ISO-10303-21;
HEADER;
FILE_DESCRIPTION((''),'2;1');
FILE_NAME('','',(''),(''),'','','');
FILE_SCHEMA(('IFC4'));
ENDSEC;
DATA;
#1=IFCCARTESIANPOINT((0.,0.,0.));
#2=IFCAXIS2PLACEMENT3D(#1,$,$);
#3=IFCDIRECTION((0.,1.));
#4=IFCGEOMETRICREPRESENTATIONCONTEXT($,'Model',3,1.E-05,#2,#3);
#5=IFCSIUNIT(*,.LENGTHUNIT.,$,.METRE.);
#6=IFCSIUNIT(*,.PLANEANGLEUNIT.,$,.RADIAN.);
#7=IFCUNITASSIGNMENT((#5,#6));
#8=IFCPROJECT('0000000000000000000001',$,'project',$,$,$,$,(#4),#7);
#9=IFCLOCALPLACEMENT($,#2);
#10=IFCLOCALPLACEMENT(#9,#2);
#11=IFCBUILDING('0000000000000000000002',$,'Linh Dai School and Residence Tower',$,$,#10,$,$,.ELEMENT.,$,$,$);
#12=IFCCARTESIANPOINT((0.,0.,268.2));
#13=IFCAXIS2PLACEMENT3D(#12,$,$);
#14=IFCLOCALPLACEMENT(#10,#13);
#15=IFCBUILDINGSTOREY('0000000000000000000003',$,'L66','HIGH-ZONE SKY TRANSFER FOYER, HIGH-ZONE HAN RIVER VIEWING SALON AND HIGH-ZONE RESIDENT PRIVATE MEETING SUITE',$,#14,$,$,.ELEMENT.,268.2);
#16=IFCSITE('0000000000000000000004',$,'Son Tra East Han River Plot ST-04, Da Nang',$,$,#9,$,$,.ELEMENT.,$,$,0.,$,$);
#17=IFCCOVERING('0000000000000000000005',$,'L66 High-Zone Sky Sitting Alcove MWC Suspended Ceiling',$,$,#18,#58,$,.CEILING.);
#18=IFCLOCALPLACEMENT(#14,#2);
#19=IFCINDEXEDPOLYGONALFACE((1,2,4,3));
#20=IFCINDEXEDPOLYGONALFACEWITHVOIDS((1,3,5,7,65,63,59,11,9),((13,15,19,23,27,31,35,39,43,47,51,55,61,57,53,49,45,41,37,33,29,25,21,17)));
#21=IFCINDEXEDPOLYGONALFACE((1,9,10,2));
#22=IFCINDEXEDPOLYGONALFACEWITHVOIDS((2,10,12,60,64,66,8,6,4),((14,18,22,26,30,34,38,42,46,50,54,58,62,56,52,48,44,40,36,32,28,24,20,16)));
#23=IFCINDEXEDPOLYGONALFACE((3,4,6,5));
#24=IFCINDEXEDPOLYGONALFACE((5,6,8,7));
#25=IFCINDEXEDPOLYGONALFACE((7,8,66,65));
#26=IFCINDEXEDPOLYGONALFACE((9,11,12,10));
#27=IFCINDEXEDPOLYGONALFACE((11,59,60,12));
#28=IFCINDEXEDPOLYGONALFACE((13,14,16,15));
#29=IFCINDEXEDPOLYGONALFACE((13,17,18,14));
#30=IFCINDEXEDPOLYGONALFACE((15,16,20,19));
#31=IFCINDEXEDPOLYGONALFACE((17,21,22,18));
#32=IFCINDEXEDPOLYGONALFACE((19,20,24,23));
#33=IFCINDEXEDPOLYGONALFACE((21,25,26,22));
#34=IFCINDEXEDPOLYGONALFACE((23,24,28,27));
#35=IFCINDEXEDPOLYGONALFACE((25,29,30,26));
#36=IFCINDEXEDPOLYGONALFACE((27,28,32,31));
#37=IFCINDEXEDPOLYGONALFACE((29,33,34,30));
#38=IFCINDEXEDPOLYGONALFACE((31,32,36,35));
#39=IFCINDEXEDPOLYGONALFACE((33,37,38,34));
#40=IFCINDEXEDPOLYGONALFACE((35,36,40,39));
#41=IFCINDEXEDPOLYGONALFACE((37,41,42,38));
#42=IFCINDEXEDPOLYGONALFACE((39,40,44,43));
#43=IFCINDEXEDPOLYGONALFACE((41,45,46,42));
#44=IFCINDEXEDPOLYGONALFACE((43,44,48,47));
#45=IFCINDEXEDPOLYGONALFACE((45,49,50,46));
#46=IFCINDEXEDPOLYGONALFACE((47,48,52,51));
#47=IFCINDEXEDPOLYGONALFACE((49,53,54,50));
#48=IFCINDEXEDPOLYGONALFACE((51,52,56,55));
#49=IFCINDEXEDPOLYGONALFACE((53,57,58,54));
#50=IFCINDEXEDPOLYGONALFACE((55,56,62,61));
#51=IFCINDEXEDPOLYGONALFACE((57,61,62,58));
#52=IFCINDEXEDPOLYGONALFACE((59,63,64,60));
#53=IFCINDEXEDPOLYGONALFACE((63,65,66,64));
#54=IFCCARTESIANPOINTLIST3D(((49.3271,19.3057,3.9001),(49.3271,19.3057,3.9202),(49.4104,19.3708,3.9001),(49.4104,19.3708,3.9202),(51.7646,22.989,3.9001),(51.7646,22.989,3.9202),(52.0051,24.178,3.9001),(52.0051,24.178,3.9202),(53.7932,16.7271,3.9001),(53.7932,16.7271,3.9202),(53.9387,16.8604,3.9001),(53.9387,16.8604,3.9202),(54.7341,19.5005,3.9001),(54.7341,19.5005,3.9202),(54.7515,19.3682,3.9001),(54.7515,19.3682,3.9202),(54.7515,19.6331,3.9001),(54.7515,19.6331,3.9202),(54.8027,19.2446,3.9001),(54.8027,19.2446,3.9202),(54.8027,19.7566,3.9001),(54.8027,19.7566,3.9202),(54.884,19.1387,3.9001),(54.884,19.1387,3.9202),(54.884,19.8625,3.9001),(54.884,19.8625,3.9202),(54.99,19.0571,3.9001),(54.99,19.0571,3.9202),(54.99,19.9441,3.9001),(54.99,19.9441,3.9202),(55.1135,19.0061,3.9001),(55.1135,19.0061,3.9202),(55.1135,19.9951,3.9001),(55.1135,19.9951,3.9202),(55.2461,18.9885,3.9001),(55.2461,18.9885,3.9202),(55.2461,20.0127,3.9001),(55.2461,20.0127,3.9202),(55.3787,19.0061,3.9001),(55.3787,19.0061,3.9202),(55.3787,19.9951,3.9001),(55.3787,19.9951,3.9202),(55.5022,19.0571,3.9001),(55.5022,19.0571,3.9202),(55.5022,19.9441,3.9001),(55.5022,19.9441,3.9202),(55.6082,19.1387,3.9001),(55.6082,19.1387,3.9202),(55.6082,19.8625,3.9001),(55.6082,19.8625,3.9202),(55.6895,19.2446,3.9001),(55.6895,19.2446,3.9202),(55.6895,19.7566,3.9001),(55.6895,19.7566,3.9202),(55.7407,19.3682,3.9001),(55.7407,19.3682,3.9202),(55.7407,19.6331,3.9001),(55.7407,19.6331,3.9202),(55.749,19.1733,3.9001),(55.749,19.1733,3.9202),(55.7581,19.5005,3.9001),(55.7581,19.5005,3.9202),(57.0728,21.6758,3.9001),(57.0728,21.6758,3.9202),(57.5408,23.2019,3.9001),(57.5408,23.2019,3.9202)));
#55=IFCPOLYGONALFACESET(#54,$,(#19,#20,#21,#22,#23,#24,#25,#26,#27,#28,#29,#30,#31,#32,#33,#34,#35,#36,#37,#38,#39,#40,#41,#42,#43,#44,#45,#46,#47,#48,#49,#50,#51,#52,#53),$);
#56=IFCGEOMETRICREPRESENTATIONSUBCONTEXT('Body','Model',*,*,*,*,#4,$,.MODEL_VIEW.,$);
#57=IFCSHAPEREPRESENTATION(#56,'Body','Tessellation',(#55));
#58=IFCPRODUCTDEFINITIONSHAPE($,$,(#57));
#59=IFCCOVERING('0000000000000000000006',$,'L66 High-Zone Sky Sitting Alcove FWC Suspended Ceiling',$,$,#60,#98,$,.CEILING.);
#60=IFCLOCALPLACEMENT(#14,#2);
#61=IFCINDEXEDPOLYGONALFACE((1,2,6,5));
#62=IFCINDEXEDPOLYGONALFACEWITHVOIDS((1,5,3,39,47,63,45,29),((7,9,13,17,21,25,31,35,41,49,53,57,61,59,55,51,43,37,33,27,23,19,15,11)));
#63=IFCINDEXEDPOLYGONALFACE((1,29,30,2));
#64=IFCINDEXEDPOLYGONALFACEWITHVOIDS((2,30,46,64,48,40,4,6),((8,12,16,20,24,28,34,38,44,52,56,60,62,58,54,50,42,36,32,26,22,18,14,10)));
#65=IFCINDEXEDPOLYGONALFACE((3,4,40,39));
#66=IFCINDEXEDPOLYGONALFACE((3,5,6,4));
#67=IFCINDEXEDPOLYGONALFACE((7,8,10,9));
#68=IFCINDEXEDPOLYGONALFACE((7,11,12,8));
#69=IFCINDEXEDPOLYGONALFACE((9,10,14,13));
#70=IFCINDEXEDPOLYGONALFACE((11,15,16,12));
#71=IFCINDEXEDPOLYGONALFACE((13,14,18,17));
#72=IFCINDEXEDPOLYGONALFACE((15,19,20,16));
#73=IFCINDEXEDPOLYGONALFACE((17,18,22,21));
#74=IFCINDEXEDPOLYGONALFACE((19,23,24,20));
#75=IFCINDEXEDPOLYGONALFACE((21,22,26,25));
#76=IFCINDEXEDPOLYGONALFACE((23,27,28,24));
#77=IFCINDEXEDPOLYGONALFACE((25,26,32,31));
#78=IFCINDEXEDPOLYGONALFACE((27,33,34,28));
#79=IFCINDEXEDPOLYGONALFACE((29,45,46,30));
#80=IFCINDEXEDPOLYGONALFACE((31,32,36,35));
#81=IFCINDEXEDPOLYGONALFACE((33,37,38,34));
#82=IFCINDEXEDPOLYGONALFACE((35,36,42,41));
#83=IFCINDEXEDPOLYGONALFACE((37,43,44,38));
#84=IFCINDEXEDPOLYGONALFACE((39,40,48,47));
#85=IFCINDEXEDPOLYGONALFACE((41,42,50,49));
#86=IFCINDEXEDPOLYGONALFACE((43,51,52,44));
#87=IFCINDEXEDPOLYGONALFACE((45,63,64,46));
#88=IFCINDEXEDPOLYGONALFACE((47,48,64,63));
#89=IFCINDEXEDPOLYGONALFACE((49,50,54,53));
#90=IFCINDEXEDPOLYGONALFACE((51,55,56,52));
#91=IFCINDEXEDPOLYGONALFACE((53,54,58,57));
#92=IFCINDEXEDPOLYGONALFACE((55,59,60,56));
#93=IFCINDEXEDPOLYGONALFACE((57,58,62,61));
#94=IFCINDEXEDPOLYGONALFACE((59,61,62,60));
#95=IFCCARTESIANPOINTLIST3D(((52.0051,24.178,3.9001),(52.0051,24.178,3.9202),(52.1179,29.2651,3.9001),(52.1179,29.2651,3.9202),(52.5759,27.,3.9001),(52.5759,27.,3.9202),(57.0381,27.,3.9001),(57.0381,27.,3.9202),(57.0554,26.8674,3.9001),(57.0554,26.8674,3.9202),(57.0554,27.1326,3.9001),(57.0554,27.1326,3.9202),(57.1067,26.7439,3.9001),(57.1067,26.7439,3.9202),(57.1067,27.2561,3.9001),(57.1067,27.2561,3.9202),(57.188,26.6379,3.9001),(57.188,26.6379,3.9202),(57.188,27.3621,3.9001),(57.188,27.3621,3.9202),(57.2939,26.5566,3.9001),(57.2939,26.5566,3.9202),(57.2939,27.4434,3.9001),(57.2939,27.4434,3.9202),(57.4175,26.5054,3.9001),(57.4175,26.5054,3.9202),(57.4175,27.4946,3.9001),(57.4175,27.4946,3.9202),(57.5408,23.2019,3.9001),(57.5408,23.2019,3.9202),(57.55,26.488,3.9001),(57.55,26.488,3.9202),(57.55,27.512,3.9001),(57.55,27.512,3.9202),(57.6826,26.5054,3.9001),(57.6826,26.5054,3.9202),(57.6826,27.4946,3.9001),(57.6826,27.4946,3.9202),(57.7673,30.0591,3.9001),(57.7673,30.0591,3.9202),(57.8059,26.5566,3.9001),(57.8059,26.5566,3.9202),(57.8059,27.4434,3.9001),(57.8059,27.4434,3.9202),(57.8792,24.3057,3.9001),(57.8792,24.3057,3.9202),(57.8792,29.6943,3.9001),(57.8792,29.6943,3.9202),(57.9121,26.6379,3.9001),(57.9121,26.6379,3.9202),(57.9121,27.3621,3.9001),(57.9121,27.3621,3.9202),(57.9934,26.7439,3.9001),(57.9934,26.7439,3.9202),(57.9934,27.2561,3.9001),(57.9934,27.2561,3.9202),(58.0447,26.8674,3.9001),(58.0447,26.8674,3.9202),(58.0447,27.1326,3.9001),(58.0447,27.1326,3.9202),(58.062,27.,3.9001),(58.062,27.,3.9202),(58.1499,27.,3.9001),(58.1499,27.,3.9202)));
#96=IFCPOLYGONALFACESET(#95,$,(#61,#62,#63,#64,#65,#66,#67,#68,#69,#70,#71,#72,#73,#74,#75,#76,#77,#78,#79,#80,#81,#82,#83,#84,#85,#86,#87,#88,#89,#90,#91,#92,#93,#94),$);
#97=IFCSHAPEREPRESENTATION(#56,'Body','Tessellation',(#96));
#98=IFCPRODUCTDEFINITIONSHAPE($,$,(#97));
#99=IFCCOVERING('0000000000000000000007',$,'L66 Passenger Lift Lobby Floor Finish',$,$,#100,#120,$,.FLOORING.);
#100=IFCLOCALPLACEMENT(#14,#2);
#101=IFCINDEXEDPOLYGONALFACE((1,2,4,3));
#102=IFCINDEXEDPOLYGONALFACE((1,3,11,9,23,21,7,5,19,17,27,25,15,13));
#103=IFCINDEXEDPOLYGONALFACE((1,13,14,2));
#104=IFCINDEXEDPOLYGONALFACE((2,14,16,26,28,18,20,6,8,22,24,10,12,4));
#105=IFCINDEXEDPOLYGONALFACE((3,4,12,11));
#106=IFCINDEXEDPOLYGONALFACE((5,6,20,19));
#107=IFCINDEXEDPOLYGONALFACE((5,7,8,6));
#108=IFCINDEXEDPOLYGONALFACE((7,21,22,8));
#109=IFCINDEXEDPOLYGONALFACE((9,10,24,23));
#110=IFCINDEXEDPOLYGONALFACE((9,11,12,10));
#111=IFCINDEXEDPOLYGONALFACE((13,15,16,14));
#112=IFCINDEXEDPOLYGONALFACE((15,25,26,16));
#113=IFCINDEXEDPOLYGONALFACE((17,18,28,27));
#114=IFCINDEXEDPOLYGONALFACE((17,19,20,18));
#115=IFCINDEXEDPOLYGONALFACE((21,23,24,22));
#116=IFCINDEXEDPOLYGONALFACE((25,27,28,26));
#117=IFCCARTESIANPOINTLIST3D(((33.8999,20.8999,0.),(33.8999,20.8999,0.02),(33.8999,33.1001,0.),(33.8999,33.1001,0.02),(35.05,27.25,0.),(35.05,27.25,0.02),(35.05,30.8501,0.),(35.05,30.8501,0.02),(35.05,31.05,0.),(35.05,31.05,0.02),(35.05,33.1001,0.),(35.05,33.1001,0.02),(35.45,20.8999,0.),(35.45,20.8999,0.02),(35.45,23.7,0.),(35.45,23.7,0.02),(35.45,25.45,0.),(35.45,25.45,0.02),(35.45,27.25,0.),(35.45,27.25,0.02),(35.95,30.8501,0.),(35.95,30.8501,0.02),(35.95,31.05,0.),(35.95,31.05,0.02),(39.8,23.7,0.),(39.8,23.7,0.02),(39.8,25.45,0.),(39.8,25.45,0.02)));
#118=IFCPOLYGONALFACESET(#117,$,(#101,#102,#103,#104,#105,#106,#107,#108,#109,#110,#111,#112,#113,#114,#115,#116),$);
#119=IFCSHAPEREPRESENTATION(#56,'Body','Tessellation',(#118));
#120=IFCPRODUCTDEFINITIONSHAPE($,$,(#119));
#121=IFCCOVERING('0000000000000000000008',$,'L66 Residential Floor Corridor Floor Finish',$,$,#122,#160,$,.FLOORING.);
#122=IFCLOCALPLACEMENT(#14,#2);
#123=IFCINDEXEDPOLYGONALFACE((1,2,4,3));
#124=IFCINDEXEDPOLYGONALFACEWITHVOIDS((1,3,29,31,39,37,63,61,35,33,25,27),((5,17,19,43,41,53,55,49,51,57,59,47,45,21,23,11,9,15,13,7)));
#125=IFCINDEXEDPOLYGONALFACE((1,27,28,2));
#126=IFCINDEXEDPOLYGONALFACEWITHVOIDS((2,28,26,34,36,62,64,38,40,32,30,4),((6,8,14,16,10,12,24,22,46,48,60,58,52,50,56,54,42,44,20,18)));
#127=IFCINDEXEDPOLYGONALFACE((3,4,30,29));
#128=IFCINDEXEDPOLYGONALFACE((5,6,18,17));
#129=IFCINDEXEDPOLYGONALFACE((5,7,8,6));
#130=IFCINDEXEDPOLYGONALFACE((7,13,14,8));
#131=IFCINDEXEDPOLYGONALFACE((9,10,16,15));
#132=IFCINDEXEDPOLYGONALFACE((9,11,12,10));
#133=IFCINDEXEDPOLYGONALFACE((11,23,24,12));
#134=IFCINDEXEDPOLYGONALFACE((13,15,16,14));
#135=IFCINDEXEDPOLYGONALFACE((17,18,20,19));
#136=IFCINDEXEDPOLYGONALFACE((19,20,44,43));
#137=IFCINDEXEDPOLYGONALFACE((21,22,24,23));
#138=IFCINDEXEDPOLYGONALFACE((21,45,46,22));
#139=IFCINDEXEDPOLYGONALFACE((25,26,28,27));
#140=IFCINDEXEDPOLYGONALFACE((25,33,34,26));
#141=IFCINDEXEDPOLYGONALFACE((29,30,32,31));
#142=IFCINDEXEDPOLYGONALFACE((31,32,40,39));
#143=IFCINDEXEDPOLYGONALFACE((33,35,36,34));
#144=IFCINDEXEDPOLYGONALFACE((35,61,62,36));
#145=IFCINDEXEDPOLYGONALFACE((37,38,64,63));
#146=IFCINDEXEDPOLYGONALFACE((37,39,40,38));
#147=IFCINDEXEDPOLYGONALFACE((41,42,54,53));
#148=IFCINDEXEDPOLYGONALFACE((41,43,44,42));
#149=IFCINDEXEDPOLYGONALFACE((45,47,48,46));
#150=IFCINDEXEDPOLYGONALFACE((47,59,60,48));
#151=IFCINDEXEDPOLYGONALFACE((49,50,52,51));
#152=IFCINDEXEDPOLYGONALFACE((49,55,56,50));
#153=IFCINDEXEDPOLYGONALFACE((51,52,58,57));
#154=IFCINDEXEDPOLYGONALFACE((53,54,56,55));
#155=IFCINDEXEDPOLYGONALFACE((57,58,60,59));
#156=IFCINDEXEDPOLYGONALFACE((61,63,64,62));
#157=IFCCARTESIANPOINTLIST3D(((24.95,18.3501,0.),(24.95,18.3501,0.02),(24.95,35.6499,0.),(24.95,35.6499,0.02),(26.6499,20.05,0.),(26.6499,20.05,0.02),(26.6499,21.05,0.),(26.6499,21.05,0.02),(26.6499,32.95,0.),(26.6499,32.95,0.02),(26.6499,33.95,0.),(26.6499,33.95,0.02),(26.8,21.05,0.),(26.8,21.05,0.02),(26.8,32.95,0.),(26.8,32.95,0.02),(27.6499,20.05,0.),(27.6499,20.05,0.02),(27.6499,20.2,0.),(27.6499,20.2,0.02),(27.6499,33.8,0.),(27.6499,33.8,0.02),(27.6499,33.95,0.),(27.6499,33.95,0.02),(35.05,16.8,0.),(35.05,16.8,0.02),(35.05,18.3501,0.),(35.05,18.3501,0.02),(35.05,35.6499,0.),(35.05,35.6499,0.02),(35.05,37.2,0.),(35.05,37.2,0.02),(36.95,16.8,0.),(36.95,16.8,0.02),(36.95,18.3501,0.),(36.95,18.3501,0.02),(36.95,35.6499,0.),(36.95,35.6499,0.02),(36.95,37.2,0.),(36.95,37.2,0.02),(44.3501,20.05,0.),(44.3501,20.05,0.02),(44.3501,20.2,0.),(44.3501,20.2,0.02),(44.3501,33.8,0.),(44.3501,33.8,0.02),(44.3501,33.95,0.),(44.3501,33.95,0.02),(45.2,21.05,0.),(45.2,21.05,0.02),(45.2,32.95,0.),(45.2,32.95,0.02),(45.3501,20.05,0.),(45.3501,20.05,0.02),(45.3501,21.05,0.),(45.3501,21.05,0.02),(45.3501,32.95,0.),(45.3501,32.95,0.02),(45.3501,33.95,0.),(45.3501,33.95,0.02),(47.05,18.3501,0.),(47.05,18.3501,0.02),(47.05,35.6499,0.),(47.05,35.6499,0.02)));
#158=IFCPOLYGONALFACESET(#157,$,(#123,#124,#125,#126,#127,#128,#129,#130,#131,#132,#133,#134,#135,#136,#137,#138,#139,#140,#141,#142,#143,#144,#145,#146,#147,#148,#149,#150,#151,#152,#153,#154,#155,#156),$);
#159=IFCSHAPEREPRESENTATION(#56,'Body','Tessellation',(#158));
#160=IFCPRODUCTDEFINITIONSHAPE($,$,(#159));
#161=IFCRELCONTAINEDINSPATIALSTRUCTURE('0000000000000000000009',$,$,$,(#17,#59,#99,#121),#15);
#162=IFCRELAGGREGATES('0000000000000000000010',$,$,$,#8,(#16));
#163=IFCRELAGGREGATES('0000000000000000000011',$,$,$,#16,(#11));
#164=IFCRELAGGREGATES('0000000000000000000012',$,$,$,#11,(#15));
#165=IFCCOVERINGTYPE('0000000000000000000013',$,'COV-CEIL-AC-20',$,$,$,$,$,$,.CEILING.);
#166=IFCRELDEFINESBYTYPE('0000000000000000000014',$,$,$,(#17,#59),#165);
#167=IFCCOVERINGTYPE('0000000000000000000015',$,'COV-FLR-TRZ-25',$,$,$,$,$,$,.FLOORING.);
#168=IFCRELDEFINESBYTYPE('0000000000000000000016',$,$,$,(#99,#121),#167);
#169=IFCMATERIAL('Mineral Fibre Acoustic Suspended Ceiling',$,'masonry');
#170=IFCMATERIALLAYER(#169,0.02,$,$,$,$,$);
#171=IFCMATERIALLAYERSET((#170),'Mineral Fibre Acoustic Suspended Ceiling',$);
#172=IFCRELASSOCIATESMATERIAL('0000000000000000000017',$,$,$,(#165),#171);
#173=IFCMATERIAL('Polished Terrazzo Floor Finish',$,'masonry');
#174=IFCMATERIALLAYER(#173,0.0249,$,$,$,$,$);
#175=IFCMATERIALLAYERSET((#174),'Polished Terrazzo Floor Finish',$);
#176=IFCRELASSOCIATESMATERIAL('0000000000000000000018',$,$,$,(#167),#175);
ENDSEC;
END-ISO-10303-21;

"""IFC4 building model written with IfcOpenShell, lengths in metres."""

from ifc_helpers import new_model, si_unit, direction, frame, origin, place, context, subcontext, project, spatial, polyline, outline, extrude, material, layer, layer_set, type_object, element, save


model = new_model("IFC4")

# Units and contexts
model_context = context("Model", 3, precision=1e-05, world=origin(), true_north=direction((0.0, 1.0)))
body_context = subcontext(model_context, "Body", "Model", "MODEL_VIEW")
ifc_project = project(units=[si_unit("LENGTHUNIT", "METRE"), si_unit("PLANEANGLEUNIT", "RADIAN")], contexts=[model_context])

# Site, building, storey
site_placement = place(None, origin())
site = spatial("IfcSite", under=ifc_project, at=site_placement, Name="Son Tra East Han River Plot ST-04, Da Nang", CompositionType="ELEMENT", RefElevation=0.0)
building_placement = place(site_placement, origin())
building = spatial("IfcBuilding", under=site, at=building_placement, Name="Linh Dai School and Residence Tower", CompositionType="ELEMENT")
storey_placement = place(building_placement, frame((0.0, 0.0, 268.2)))
storey = spatial("IfcBuildingStorey", under=building, at=storey_placement, Name="L66", Description="HIGH-ZONE SKY TRANSFER FOYER, HIGH-ZONE HAN RIVER VIEWING SALON AND HIGH-ZONE RESIDENT PRIVATE MEETING SUITE", CompositionType="ELEMENT", Elevation=268.2)

# Coverings
ifc_material_1 = material(Name="Mineral Fibre Acoustic Suspended Ceiling", Category="masonry")
ifc_layer_1 = layer(ifc_material_1, 0.02)
ifc_layer_set_1 = layer_set([ifc_layer_1], Name="Mineral Fibre Acoustic Suspended Ceiling")
covering_type_1 = type_object("IfcCoveringType", Name="COV-CEIL-AC-20", PredefinedType="CEILING", material=ifc_layer_set_1)
covering_1_placement = place(storey_placement, frame((0.0, 0.0, 3.9001)))
element("IfcCovering", 1, at=covering_1_placement, inside=storey, type_object=covering_type_1, Name="L66 High-Zone Sky Sitting Alcove MWC Suspended Ceiling", PredefinedType="CEILING", context=body_context, shape_type="SweptSolid", body=[
    extrude(outline(polyline([(57.5408, 23.2019), (57.0728, 21.6758), (55.749, 19.1733), (53.9387, 16.8604), (53.7932, 16.7271), (49.3271, 19.3057), (49.4104, 19.3708), (51.7646, 22.989), (52.0051, 24.178), (57.5408, 23.2019)]), holes=[polyline([(55.7407, 19.6331), (55.6895, 19.7566), (55.6082, 19.8625), (55.5022, 19.9441), (55.3787, 19.9951), (55.2461, 20.0127), (55.1135, 19.9951), (54.99, 19.9441), (54.884, 19.8625), (54.8027, 19.7566), (54.7515, 19.6331), (54.7341, 19.5005), (54.7515, 19.3682), (54.8027, 19.2446), (54.884, 19.1387), (54.99, 19.0571), (55.1135, 19.0061), (55.2461, 18.9885), (55.3787, 19.0061), (55.5022, 19.0571), (55.6082, 19.1387), (55.6895, 19.2446), (55.7407, 19.3682), (55.7581, 19.5005), (55.7407, 19.6331)])]), origin(), (0.0, 0.0, 1.0), 0.02),
])
covering_2_placement = place(storey_placement, frame((0.0, 0.0, 3.9001)))
element("IfcCovering", 2, at=covering_2_placement, inside=storey, type_object=covering_type_1, Name="L66 High-Zone Sky Sitting Alcove FWC Suspended Ceiling", PredefinedType="CEILING", context=body_context, shape_type="SweptSolid", body=[
    extrude(outline(polyline([(57.8792, 24.3057), (57.5408, 23.2019), (52.0051, 24.178), (52.5759, 27.0), (52.1179, 29.2651), (57.7673, 30.0591), (57.8792, 29.6943), (58.1499, 27.0), (57.8792, 24.3057)]), holes=[polyline([(58.0447, 27.1326), (57.9934, 27.2561), (57.9121, 27.3621), (57.8059, 27.4434), (57.6826, 27.4946), (57.55, 27.512), (57.4175, 27.4946), (57.2939, 27.4434), (57.188, 27.3621), (57.1067, 27.2561), (57.0554, 27.1326), (57.0381, 27.0), (57.0554, 26.8674), (57.1067, 26.7439), (57.188, 26.6379), (57.2939, 26.5566), (57.4175, 26.5054), (57.55, 26.488), (57.6826, 26.5054), (57.8059, 26.5566), (57.9121, 26.6379), (57.9934, 26.7439), (58.0447, 26.8674), (58.062, 27.0), (58.0447, 27.1326)])]), origin(), (0.0, 0.0, 1.0), 0.02),
])
ifc_material_2 = material(Name="Polished Terrazzo Floor Finish", Category="masonry")
ifc_layer_2 = layer(ifc_material_2, 0.0249)
ifc_layer_set_2 = layer_set([ifc_layer_2], Name="Polished Terrazzo Floor Finish")
covering_type_2 = type_object("IfcCoveringType", Name="COV-FLR-TRZ-25", PredefinedType="FLOORING", material=ifc_layer_set_2)
covering_3_placement = place(storey_placement, origin())
element("IfcCovering", 3, at=covering_3_placement, inside=storey, type_object=covering_type_2, Name="L66 Passenger Lift Lobby Floor Finish", PredefinedType="FLOORING", context=body_context, shape_type="SweptSolid", body=[
    extrude(outline(polyline([(35.05, 33.1001), (35.05, 31.05), (35.95, 31.05), (35.95, 30.8501), (35.05, 30.8501), (35.05, 27.25), (35.45, 27.25), (35.45, 25.45), (39.8, 25.45), (39.8, 23.7), (35.45, 23.7), (35.45, 20.8999), (33.8999, 20.8999), (33.8999, 33.1001), (35.05, 33.1001)])), origin(), (0.0, 0.0, 1.0), 0.02),
])
covering_4_placement = place(storey_placement, origin())
element("IfcCovering", 4, at=covering_4_placement, inside=storey, type_object=covering_type_2, Name="L66 Residential Floor Corridor Floor Finish", PredefinedType="FLOORING", context=body_context, shape_type="SweptSolid", body=[
    extrude(outline(polyline([(24.95, 18.3501), (24.95, 35.6499), (35.05, 35.6499), (35.05, 37.2), (36.95, 37.2), (36.95, 35.6499), (47.05, 35.6499), (47.05, 18.3501), (36.95, 18.3501), (36.95, 16.8), (35.05, 16.8), (35.05, 18.3501), (24.95, 18.3501)]), holes=[polyline([(27.6499, 33.8), (27.6499, 33.95), (26.6499, 33.95), (26.6499, 32.95), (26.8, 32.95), (26.8, 21.05), (26.6499, 21.05), (26.6499, 20.05), (27.6499, 20.05), (27.6499, 20.2), (44.3501, 20.2), (44.3501, 20.05), (45.3501, 20.05), (45.3501, 21.05), (45.2, 21.05), (45.2, 32.95), (45.3501, 32.95), (45.3501, 33.95), (44.3501, 33.95), (44.3501, 33.8), (27.6499, 33.8)])]), origin(), (0.0, 0.0, 1.0), 0.02),
])

save(model, "model.ifc")
